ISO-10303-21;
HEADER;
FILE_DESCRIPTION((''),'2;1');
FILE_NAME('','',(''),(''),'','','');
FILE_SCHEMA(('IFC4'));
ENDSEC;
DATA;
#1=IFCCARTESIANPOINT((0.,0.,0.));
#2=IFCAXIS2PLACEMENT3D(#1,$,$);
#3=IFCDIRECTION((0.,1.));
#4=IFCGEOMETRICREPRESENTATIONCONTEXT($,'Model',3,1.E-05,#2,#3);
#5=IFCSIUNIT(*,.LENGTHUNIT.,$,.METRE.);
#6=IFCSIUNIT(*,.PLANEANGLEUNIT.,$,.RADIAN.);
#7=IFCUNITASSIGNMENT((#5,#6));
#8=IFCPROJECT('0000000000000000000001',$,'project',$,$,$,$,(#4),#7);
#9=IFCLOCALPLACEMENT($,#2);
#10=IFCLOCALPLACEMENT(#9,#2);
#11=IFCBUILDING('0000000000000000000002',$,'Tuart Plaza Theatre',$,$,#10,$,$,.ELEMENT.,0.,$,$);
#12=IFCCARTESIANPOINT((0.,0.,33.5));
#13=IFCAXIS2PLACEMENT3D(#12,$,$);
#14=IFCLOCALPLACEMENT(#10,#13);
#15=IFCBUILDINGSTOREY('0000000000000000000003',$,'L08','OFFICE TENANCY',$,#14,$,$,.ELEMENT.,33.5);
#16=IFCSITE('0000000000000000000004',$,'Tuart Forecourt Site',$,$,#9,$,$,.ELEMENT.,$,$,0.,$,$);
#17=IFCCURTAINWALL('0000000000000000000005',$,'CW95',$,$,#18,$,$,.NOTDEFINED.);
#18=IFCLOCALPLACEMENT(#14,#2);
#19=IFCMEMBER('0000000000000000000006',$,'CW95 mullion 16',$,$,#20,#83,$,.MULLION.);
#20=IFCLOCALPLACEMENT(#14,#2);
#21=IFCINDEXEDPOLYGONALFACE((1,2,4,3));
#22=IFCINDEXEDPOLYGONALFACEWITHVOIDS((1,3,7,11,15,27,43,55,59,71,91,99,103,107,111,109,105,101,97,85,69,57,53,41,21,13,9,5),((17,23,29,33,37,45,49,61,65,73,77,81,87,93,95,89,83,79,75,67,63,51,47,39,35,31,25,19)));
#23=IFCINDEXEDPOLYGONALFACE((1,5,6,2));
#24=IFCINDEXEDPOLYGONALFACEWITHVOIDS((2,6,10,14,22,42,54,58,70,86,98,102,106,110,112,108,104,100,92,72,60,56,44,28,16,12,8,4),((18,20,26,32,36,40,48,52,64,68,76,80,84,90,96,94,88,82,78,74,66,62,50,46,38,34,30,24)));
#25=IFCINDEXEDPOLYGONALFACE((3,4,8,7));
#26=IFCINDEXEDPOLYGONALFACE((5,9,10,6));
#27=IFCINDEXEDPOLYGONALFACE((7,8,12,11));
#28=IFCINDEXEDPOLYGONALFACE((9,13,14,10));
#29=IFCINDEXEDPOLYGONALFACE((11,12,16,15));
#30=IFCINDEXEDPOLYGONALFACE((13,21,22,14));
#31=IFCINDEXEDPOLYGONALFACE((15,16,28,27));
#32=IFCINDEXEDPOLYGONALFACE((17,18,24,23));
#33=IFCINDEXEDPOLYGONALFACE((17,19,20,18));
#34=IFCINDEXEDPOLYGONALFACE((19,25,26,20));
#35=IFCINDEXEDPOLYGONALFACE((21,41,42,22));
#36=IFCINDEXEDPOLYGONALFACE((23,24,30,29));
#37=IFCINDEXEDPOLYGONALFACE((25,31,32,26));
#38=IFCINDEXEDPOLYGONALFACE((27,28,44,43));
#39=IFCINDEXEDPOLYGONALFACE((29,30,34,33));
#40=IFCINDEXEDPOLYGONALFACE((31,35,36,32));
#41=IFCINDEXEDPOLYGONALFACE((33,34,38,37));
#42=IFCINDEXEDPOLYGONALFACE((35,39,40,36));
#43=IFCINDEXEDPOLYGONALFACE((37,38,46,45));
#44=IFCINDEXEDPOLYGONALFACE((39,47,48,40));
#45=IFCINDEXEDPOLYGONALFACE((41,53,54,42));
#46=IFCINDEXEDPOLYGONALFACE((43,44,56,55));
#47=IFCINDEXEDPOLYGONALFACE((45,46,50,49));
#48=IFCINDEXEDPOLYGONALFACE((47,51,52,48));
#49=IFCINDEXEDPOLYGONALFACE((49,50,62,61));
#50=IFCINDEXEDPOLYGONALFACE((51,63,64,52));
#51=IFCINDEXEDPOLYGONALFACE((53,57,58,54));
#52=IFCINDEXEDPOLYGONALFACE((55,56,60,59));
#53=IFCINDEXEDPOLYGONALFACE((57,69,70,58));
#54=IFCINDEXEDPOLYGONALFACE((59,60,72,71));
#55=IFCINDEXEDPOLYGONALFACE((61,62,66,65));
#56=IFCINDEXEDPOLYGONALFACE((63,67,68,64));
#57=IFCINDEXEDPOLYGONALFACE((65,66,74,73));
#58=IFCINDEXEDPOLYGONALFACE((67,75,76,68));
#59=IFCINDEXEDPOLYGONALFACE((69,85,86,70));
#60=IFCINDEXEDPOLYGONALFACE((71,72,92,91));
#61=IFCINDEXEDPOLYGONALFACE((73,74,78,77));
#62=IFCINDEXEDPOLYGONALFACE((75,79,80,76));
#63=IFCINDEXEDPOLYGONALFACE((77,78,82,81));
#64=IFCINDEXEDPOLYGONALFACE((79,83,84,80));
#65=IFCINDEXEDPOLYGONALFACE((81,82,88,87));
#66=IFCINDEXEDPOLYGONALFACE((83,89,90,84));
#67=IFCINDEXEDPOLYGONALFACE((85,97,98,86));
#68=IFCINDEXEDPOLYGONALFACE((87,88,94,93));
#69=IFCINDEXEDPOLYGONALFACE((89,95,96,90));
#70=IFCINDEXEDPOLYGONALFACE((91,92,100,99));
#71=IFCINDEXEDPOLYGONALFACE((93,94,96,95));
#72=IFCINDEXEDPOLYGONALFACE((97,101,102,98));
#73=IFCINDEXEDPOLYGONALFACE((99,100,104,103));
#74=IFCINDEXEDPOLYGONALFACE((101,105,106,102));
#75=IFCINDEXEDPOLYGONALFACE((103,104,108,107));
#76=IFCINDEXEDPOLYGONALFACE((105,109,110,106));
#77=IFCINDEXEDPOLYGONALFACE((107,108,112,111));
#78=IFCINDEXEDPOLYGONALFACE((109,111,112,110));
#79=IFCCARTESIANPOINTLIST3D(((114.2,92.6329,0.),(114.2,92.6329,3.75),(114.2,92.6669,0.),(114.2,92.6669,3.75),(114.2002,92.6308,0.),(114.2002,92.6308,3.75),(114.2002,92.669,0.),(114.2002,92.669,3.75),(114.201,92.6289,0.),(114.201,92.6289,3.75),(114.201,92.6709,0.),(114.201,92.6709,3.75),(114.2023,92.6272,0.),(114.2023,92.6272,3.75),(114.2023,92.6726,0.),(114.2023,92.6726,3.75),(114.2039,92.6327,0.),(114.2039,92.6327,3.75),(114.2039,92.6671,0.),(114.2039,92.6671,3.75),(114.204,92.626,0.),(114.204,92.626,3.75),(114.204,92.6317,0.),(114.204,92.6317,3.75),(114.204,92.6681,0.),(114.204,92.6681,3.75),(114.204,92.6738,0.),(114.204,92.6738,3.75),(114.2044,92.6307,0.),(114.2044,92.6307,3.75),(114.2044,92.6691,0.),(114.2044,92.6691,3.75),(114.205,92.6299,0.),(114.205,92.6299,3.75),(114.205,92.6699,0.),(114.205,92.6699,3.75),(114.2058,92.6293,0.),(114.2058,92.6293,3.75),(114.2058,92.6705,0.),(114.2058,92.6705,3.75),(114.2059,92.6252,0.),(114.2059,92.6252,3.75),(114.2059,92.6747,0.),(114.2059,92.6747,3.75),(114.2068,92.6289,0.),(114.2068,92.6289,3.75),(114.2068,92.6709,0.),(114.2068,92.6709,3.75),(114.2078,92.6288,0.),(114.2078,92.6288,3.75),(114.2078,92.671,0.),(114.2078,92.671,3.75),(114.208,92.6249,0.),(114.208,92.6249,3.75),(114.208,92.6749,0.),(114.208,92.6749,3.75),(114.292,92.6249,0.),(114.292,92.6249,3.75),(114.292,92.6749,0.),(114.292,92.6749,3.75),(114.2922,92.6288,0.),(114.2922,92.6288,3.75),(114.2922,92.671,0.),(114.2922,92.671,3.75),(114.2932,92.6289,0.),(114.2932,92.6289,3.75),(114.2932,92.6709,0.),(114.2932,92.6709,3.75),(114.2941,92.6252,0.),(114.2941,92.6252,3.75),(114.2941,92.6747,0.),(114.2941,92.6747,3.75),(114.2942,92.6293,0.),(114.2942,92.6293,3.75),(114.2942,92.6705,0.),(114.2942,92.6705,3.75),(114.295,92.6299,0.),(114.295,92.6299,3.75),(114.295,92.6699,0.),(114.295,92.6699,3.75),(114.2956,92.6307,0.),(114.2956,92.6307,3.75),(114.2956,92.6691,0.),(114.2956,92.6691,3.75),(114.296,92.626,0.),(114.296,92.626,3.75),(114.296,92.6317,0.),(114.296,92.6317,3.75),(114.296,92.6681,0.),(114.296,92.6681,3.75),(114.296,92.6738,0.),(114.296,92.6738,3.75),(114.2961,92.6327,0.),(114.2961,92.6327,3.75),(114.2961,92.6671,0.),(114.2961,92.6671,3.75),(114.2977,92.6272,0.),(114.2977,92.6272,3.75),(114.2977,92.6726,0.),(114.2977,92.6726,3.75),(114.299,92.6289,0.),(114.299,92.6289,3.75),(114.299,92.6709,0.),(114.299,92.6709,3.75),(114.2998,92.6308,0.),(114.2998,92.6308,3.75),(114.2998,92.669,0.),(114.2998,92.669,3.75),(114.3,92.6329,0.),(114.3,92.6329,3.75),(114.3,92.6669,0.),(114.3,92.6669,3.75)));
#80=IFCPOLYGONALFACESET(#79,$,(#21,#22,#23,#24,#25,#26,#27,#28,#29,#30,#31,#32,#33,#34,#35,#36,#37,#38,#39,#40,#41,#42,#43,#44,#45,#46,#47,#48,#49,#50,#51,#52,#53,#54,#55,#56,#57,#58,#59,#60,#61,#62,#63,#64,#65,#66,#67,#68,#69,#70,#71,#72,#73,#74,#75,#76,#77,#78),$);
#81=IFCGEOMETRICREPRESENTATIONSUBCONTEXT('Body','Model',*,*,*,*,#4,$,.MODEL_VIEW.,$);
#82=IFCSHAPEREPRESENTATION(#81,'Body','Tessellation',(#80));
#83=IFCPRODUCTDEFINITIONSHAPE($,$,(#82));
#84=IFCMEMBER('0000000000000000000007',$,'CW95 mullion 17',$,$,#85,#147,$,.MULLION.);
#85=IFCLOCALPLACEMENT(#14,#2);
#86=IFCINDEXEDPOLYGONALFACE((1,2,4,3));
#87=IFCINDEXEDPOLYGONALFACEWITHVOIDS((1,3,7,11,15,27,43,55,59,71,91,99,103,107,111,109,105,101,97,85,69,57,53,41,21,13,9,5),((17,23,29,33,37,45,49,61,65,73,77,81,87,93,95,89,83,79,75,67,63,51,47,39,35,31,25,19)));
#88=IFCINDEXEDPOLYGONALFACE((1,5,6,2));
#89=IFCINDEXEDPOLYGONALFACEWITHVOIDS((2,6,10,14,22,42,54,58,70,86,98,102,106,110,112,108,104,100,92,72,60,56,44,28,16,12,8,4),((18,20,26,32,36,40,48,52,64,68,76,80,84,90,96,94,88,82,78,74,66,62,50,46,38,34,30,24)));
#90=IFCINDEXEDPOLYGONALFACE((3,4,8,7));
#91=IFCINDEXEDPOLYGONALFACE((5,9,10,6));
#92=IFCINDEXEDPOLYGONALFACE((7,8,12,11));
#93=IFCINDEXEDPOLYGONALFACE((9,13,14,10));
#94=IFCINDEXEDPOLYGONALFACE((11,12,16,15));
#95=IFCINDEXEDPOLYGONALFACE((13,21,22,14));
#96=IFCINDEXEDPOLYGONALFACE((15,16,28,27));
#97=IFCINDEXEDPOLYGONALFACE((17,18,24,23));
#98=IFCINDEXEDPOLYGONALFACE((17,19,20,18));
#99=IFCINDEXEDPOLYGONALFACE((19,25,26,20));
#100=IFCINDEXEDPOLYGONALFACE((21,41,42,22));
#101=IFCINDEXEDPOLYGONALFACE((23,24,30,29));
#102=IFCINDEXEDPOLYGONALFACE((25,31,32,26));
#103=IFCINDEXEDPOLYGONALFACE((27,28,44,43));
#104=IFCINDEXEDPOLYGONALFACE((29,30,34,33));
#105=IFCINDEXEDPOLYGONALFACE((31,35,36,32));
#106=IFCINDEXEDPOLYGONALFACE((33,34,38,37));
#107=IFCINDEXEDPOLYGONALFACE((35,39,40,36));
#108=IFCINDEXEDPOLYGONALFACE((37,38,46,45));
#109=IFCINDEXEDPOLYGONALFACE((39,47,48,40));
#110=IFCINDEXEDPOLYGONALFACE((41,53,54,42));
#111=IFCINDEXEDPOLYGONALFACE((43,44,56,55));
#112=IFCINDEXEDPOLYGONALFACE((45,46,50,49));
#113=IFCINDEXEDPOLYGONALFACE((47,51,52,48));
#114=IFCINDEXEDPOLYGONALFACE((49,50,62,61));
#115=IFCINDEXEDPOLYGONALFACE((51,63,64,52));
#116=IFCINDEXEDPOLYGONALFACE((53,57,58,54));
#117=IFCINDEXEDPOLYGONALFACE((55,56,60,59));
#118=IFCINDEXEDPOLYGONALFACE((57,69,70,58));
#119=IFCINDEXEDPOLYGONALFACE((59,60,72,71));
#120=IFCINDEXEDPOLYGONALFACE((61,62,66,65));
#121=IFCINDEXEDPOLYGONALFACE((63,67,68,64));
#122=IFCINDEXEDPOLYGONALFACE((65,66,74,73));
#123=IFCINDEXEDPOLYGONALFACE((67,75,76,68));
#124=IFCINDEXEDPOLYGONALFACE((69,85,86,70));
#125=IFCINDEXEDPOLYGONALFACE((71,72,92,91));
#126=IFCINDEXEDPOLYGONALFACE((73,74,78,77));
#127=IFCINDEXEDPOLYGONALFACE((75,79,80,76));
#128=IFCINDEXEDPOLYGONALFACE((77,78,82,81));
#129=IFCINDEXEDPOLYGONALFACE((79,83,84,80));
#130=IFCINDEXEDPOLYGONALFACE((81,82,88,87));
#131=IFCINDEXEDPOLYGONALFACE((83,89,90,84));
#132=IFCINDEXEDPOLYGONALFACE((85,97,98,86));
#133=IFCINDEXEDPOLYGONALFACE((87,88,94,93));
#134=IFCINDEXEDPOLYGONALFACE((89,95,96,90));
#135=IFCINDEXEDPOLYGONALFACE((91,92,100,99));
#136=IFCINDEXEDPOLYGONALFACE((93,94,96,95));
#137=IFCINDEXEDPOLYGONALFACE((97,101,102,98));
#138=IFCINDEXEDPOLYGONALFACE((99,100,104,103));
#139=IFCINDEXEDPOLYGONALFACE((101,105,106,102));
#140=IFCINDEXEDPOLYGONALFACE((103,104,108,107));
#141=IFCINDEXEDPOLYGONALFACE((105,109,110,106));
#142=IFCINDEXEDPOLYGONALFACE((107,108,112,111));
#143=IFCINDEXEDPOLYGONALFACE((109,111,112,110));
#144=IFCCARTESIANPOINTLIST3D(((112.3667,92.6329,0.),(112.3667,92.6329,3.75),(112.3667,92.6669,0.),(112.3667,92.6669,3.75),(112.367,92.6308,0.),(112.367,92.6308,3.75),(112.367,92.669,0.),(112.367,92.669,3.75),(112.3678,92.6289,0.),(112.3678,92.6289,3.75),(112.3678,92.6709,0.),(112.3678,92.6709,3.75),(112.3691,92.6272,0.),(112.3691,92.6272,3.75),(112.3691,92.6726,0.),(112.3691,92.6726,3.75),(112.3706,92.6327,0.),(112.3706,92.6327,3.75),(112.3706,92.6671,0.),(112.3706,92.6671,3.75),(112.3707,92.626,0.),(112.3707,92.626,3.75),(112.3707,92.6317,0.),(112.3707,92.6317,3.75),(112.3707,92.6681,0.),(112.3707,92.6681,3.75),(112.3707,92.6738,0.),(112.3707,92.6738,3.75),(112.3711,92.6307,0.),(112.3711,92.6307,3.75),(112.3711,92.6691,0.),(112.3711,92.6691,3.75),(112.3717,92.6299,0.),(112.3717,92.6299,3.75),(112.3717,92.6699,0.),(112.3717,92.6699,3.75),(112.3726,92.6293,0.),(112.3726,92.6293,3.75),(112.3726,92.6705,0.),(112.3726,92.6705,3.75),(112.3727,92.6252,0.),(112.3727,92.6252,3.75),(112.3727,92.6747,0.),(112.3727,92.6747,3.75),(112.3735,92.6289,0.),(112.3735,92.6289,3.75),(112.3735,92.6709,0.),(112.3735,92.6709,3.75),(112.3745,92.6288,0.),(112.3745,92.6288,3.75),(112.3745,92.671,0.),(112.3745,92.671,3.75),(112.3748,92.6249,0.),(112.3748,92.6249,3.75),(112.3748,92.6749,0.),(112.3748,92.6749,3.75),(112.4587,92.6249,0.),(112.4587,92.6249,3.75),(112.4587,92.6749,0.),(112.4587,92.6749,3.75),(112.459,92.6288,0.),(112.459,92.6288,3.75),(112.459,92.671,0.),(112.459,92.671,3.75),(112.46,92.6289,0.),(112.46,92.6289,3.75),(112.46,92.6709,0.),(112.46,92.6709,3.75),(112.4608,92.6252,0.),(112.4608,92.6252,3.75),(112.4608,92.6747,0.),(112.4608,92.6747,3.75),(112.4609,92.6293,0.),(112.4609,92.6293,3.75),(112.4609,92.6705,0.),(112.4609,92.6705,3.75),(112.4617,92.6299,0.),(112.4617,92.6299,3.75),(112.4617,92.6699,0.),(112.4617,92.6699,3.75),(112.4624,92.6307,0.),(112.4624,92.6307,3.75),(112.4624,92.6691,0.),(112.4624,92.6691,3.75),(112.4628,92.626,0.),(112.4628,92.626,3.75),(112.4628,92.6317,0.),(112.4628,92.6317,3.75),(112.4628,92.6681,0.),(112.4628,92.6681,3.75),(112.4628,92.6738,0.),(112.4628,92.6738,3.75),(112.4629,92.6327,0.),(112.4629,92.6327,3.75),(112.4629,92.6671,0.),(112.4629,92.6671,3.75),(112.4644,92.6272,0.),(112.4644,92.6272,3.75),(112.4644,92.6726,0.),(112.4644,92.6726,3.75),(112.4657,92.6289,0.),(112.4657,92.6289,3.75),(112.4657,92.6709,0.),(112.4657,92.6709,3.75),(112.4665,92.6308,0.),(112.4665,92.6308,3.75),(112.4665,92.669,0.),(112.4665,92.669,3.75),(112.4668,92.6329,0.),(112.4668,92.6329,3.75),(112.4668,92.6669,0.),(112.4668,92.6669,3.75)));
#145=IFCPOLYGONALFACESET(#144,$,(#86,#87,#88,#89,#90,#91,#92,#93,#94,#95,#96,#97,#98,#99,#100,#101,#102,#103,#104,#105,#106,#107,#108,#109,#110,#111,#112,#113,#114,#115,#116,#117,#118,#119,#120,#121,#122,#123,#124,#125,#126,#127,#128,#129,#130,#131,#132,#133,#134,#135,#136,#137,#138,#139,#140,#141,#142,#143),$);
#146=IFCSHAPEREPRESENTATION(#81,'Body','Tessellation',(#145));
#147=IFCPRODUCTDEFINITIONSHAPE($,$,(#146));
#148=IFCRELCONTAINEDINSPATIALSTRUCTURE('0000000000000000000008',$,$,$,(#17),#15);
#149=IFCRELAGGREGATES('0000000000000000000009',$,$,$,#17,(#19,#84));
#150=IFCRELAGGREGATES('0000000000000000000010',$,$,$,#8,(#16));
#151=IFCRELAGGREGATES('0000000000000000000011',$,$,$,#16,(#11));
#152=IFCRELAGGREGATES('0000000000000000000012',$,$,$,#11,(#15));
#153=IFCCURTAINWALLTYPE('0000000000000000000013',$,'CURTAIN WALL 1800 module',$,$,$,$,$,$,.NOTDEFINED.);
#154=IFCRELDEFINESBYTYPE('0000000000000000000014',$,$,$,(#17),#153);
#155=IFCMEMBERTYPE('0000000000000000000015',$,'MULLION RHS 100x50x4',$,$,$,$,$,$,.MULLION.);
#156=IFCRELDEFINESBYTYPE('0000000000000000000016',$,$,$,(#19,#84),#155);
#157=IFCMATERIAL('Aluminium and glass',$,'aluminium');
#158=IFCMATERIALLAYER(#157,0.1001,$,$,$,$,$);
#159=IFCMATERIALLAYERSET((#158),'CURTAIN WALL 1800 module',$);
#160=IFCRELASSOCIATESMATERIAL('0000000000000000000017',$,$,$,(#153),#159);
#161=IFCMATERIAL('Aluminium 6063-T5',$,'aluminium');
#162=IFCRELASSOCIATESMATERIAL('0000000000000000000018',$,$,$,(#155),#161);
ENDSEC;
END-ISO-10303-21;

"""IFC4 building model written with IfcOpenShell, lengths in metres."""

from ifc_helpers import new_model, si_unit, direction, frame, origin, origin_2d, place, context, subcontext, project, spatial, hollow_rectangle, extrude, material, layer, layer_set, material_profile, profile_set, type_object, element, aggregate, save


model = new_model("IFC4")

# Units and contexts
model_context = context("Model", 3, precision=1e-05, world=origin(), true_north=direction((0.0, 1.0)))
body_context = subcontext(model_context, "Body", "Model", "MODEL_VIEW")
ifc_project = project(units=[si_unit("LENGTHUNIT", "METRE"), si_unit("PLANEANGLEUNIT", "RADIAN")], contexts=[model_context])

# Site, building, storey
site_placement = place(None, origin())
site = spatial("IfcSite", under=ifc_project, at=site_placement, Name="Tuart Forecourt Site", CompositionType="ELEMENT", RefElevation=0.0)
building_placement = place(site_placement, origin())
building = spatial("IfcBuilding", under=site, at=building_placement, Name="Tuart Plaza Theatre", CompositionType="ELEMENT", ElevationOfRefHeight=0.0)
storey_placement = place(building_placement, frame((0.0, 0.0, 33.5)))
storey = spatial("IfcBuildingStorey", under=building, at=storey_placement, Name="L08", Description="OFFICE TENANCY", CompositionType="ELEMENT", Elevation=33.5)

# Curtain wall, members
ifc_material_1 = material(Name="Aluminium and glass", Category="aluminium")
ifc_layer_1 = layer(ifc_material_1, 0.1001)
ifc_layer_set_1 = layer_set([ifc_layer_1], Name="CURTAIN WALL 1800 module")
curtain_wall_type = type_object("IfcCurtainWallType", Name="CURTAIN WALL 1800 module", PredefinedType="NOTDEFINED", material=ifc_layer_set_1)
curtain_wall_placement = place(storey_placement, origin())
curtain_wall = element("IfcCurtainWall", 1, at=curtain_wall_placement, inside=storey, type_object=curtain_wall_type, Name="CW95", PredefinedType="NOTDEFINED")
ifc_material_2 = material(Name="Aluminium 6063-T5", Category="aluminium")
ifc_material_profile_1 = material_profile(ifc_material_2, hollow_rectangle(XDim=0.05, YDim=0.1001, WallThickness=0.0039, InnerFilletRadius=0.0039, OuterFilletRadius=0.0081, at=origin_2d()), Name="RHS 100x50x4")
ifc_profile_set_1 = profile_set([ifc_material_profile_1], Name="Aluminium 6063-T5")
member_type_1 = type_object("IfcMemberType", Name="MULLION RHS 100x50x4", PredefinedType="MULLION", material=ifc_profile_set_1)
member_1_placement = place(storey_placement, frame((114.25, 92.6499, 0.0), z_axis=(0.0, 0.0, 1.0), x_axis=(0.0, -1.0, 0.0)))
member_1 = element("IfcMember", 2, at=member_1_placement, type_object=member_type_1, Name="CW95 mullion 16", PredefinedType="MULLION", context=body_context, shape_type="SweptSolid", body=[
    extrude(hollow_rectangle(XDim=0.05, YDim=0.1001, WallThickness=0.0039, InnerFilletRadius=0.0039, OuterFilletRadius=0.0081, at=origin_2d()), origin(), (0.0, 0.0, 1.0), 3.75),
])
member_2_placement = place(storey_placement, frame((112.4167, 92.6499, 0.0), z_axis=(0.0, 0.0, 1.0), x_axis=(0.0, -1.0, 0.0)))
member_2 = element("IfcMember", 3, at=member_2_placement, type_object=member_type_1, Name="CW95 mullion 17", PredefinedType="MULLION", context=body_context, shape_type="SweptSolid", body=[
    extrude(hollow_rectangle(XDim=0.05, YDim=0.1001, WallThickness=0.0039, InnerFilletRadius=0.0039, OuterFilletRadius=0.0081, at=origin_2d()), origin(), (0.0, 0.0, 1.0), 3.75),
])
aggregate(curtain_wall, [member_1, member_2])

save(model, "model.ifc")
